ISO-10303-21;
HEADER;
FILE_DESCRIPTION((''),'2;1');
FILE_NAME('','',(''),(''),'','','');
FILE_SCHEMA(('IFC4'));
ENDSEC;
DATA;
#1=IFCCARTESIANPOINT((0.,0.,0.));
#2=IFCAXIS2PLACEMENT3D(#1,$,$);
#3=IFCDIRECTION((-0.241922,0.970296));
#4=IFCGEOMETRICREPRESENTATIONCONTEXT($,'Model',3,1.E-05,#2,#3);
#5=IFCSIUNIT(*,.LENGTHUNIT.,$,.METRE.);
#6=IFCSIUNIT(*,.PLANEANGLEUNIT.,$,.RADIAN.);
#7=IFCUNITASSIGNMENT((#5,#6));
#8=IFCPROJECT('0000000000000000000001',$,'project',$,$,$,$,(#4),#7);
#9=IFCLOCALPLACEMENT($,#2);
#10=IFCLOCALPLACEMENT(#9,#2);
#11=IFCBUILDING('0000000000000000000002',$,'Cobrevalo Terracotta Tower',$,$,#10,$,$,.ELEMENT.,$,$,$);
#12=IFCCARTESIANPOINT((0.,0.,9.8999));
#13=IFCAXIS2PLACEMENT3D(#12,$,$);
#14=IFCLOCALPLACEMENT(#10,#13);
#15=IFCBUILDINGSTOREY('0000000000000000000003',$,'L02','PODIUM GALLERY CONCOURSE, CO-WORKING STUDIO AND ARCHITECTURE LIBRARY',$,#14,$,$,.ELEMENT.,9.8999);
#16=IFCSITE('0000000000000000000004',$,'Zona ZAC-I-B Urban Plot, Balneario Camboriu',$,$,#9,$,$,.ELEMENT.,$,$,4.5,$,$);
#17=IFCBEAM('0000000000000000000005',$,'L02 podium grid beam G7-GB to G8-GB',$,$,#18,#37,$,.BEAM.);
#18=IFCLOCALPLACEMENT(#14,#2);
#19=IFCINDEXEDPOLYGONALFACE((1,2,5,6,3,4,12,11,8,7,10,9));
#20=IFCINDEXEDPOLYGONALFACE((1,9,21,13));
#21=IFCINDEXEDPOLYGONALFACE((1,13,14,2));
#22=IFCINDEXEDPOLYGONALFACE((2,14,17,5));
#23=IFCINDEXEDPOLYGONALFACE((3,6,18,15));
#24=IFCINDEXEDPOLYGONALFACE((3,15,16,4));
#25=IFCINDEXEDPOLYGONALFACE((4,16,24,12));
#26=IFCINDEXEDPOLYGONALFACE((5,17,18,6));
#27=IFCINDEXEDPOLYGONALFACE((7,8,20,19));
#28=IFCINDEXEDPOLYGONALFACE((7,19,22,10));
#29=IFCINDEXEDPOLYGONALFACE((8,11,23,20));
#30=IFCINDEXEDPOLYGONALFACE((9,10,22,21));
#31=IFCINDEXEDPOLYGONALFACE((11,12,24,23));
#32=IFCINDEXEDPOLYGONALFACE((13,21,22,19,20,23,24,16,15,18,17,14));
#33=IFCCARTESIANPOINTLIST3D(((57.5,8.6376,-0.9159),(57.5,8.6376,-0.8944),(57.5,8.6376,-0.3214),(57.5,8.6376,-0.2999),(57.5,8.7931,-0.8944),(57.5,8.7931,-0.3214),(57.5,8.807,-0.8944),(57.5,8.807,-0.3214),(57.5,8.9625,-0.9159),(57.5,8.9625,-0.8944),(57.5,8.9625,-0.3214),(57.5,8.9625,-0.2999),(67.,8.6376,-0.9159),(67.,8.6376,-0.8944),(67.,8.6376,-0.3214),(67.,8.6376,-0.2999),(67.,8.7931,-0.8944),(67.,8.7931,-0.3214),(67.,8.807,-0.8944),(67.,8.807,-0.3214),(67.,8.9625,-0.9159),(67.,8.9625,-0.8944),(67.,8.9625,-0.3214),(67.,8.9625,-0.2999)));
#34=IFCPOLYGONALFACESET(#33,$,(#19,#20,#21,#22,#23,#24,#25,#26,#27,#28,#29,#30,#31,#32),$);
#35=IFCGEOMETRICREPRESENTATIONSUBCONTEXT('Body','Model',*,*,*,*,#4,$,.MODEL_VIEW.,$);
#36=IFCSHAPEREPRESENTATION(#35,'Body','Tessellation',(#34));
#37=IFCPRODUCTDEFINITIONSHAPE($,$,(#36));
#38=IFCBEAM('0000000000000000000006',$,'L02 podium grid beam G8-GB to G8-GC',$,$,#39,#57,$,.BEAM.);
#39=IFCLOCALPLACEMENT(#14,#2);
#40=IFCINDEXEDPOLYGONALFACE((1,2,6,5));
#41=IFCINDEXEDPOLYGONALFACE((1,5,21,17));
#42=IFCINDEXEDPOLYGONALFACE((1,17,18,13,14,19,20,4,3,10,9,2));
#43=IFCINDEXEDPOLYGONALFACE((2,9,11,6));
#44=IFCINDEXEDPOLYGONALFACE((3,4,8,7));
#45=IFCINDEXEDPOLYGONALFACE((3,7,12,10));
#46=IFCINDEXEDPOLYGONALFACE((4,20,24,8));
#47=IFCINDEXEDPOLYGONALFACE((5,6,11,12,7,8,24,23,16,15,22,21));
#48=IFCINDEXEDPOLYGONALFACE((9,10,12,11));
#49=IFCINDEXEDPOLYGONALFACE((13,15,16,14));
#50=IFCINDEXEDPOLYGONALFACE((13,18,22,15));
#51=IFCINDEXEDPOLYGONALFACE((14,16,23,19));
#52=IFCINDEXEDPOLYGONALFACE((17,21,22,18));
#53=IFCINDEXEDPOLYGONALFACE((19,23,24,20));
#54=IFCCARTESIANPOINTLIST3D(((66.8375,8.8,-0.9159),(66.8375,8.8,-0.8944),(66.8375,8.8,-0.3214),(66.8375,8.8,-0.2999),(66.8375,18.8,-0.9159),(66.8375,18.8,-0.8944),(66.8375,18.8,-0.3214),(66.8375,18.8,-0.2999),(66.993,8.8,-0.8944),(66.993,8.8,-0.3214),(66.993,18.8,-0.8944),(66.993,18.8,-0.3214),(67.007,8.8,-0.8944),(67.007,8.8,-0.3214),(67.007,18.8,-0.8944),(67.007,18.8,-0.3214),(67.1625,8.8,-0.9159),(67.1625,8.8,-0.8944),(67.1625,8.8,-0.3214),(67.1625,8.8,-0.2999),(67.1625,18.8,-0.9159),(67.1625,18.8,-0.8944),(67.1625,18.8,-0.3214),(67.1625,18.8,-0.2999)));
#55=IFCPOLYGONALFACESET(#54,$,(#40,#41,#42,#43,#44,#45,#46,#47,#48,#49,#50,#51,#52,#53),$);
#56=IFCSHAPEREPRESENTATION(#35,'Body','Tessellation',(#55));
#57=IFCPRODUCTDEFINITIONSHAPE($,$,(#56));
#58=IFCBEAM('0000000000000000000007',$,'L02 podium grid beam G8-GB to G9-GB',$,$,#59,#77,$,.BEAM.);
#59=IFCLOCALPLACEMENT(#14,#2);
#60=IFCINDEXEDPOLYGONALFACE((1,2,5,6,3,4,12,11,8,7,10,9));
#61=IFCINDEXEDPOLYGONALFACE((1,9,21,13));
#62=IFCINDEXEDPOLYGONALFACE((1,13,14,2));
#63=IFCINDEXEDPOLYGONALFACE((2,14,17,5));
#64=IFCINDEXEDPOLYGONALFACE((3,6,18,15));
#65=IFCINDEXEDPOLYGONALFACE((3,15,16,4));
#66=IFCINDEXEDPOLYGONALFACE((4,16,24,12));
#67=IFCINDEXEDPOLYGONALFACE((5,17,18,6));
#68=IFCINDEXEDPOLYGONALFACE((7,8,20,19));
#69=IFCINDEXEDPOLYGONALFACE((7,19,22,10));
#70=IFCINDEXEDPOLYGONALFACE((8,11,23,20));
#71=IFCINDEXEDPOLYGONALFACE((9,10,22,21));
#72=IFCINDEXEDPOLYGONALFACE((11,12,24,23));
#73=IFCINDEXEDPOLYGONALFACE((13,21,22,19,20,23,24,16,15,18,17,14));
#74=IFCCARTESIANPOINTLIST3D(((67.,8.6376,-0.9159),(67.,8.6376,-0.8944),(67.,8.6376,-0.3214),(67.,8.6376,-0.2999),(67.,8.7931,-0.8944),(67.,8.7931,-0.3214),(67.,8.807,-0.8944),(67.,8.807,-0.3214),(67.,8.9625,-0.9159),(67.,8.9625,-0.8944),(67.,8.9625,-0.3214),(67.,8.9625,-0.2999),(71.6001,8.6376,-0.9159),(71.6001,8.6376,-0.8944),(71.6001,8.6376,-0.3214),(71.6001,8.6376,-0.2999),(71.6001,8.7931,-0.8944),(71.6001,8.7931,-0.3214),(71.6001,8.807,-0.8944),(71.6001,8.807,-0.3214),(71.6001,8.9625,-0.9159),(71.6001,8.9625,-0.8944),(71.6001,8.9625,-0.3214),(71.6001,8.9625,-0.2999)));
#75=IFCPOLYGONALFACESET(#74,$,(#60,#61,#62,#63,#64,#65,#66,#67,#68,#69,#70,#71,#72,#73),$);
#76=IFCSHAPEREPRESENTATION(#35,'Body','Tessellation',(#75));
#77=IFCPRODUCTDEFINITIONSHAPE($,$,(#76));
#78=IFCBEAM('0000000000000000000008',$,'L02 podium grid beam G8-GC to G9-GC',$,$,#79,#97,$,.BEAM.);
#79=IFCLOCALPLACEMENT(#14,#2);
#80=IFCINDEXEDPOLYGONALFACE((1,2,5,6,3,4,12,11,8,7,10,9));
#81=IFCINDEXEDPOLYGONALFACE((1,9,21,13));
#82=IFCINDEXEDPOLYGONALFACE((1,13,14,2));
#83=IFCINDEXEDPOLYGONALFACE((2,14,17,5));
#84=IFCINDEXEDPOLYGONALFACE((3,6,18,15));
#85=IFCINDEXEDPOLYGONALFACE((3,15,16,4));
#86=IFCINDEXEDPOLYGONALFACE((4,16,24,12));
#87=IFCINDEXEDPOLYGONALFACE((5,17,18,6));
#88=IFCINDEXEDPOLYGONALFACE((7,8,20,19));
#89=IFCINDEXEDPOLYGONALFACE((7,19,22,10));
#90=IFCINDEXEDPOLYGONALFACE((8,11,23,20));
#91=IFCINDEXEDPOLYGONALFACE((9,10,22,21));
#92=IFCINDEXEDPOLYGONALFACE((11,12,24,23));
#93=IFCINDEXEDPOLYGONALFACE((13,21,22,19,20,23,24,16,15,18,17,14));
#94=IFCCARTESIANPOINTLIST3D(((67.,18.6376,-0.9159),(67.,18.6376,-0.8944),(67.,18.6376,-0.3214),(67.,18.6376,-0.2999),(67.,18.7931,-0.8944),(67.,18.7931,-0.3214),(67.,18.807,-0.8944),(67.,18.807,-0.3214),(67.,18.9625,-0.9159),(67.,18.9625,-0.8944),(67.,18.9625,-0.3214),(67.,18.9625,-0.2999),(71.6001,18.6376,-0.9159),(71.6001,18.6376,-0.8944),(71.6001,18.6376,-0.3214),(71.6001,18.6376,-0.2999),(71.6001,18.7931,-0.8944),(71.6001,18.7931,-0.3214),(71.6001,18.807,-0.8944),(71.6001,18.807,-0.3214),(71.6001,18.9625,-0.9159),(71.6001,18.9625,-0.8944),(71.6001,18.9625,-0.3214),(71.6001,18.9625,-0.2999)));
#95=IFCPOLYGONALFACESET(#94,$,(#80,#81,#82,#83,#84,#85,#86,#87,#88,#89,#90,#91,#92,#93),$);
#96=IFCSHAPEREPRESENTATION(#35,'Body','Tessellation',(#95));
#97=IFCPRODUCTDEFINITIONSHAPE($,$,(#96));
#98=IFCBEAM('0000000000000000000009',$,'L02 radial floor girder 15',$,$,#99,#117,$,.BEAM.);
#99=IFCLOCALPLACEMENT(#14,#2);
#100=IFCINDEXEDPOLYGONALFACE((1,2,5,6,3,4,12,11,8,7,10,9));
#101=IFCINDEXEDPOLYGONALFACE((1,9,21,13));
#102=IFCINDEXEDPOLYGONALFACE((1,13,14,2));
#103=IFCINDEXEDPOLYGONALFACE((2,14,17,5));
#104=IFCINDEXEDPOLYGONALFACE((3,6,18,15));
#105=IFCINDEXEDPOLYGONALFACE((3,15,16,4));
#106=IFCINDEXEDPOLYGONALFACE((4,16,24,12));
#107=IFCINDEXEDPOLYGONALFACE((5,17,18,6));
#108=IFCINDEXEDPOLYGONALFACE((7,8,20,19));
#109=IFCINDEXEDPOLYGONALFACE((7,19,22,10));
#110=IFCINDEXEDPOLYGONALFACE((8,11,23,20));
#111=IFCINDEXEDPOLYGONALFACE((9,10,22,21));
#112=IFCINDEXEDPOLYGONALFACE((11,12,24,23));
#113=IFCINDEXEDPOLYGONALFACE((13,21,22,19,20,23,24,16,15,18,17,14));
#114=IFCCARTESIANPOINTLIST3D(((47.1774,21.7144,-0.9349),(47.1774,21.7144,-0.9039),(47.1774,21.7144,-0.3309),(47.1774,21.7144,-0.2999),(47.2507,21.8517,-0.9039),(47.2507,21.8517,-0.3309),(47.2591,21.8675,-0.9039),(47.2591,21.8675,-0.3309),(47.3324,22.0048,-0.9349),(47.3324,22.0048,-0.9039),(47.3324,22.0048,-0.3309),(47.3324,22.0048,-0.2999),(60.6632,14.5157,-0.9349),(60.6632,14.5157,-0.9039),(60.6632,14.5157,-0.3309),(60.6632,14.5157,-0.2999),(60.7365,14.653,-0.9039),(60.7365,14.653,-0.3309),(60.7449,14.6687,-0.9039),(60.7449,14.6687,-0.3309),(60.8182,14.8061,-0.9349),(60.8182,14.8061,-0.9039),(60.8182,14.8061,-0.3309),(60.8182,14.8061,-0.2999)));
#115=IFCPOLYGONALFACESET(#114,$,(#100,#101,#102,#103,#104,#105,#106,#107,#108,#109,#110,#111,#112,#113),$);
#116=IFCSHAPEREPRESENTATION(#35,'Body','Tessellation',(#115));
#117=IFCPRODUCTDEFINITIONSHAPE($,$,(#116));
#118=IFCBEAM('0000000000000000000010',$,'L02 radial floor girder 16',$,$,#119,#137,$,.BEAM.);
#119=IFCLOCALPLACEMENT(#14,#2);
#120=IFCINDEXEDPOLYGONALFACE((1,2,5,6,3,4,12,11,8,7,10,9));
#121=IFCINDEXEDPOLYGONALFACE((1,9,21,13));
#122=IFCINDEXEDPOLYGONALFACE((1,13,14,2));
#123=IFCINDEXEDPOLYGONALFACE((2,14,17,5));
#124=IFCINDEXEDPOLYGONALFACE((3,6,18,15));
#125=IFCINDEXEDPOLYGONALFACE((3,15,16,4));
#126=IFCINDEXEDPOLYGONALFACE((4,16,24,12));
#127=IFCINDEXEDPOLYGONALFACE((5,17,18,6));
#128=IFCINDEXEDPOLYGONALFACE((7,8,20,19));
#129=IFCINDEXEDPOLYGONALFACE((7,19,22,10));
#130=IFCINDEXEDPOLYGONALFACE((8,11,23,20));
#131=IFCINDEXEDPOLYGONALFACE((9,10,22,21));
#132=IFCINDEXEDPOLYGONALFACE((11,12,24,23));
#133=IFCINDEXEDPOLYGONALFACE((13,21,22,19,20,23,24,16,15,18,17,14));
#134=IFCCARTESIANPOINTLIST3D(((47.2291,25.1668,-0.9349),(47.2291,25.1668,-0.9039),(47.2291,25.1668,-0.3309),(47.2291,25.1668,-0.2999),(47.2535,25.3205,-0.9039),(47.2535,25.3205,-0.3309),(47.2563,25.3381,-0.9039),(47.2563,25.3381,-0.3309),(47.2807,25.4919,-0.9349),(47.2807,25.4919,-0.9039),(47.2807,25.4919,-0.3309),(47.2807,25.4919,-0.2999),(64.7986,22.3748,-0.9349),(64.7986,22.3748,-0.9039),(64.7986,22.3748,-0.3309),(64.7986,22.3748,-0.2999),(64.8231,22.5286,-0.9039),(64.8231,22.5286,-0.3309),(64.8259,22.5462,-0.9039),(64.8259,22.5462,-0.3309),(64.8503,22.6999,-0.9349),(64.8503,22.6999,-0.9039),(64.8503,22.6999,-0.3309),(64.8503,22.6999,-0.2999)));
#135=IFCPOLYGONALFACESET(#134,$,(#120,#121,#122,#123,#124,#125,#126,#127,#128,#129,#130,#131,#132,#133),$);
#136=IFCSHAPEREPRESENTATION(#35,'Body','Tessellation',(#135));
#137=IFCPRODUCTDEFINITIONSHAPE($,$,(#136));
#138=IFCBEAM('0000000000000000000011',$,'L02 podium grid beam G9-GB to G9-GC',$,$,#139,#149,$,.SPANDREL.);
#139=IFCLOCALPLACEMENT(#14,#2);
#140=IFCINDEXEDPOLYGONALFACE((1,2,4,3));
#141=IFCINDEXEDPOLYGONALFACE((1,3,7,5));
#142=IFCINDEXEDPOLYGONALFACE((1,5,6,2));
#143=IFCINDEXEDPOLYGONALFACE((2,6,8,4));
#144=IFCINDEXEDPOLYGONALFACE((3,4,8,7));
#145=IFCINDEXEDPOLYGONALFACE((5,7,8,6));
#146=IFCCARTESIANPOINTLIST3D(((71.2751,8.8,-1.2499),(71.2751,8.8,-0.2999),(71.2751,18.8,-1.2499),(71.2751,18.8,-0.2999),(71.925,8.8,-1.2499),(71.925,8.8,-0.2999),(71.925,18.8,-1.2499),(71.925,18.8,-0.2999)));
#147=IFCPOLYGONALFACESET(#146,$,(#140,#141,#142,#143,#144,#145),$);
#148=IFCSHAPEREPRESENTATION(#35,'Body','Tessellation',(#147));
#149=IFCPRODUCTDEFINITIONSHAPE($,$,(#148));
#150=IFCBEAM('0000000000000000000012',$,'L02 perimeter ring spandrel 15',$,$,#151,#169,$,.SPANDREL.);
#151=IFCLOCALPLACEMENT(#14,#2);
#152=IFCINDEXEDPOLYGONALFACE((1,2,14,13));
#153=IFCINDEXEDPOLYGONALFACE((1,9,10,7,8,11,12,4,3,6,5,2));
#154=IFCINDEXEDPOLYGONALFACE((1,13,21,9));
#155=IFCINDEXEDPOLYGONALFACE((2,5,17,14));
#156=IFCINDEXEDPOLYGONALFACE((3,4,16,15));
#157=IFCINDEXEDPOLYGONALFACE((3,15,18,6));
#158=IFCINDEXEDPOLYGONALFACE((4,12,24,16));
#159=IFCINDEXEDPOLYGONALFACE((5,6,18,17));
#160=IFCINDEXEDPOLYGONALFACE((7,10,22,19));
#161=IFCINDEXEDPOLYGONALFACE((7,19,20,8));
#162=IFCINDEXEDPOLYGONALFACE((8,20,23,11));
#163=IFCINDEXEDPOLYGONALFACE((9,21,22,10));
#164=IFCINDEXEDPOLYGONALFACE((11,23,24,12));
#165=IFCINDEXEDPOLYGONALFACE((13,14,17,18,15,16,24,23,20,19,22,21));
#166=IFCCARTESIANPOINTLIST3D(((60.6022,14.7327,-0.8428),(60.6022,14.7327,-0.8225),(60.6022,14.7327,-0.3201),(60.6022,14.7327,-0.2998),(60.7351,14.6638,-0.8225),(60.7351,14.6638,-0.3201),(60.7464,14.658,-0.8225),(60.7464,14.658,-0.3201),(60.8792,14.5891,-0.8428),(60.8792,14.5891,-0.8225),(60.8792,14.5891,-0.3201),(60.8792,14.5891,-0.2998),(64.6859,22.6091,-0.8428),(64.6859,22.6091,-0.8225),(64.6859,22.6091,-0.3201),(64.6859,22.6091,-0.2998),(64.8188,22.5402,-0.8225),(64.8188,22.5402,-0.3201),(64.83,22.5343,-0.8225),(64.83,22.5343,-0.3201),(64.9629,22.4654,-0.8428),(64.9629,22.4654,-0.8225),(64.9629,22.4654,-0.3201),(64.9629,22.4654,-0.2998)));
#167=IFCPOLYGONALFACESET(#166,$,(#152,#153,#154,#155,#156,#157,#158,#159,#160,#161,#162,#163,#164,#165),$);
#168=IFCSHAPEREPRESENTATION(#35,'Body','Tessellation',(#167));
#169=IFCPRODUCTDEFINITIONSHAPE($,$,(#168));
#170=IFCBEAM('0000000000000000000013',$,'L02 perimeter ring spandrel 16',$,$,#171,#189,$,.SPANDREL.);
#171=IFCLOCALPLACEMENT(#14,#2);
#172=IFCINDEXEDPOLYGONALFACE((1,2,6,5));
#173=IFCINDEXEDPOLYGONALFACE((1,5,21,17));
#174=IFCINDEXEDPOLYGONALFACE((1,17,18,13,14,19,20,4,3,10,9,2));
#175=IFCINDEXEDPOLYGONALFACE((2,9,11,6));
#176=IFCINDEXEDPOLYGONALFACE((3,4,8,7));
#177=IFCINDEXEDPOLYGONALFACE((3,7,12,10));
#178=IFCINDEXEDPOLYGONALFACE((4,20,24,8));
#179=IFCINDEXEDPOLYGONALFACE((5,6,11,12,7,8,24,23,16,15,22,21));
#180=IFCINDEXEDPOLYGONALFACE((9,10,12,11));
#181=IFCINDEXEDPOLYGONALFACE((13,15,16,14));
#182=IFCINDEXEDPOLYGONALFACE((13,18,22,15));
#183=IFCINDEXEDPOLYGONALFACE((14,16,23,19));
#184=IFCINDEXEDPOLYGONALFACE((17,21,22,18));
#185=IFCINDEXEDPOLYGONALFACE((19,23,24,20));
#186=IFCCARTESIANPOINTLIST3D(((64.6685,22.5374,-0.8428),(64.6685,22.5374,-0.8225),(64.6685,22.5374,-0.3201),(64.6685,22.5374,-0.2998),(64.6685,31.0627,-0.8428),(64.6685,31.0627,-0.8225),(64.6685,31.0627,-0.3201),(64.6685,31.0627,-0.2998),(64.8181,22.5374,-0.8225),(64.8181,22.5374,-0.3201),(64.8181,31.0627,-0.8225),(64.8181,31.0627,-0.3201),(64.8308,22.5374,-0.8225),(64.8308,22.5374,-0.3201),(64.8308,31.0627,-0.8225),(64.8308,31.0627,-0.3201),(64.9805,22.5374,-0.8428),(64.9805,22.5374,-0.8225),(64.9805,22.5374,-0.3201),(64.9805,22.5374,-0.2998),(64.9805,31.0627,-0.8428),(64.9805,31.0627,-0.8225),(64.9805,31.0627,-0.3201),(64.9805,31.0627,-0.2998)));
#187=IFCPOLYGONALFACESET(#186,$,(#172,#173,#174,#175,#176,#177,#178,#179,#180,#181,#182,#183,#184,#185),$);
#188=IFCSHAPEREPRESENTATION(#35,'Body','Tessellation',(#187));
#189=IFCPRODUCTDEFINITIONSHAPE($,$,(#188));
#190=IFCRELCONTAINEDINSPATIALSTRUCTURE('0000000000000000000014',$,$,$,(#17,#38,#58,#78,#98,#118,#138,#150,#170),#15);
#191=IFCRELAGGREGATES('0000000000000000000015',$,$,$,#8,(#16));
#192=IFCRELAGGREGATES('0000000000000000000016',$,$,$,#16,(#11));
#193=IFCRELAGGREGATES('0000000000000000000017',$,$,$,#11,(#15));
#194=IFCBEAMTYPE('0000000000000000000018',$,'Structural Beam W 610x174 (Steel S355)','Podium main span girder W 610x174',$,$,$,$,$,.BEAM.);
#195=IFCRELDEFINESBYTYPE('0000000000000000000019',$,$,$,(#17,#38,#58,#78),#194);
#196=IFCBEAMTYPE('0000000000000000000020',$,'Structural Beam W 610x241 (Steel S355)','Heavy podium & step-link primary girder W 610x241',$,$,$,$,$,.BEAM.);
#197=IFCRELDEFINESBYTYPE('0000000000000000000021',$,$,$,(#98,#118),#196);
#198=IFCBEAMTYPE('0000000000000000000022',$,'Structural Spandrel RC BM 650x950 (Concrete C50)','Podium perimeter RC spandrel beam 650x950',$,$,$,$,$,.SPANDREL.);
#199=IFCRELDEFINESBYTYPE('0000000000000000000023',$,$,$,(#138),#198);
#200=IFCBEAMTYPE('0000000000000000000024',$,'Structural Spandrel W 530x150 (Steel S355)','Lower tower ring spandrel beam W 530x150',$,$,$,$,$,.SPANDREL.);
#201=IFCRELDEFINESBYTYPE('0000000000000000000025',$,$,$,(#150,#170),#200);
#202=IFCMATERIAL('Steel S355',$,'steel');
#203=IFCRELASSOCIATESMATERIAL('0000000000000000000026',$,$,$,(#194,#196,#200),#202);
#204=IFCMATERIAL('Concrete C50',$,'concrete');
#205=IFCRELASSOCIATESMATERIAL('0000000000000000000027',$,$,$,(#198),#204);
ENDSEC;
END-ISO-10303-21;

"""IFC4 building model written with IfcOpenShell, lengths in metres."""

from ifc_helpers import new_model, si_unit, direction, frame, origin, origin_2d, place, context, subcontext, project, spatial, rectangle, i_section, extrude, material, material_profile, profile_set, type_object, element, save


model = new_model("IFC4")

# Units and contexts
model_context = context("Model", 3, precision=1e-05, world=origin(), true_north=direction((-0.241922, 0.970296)))
body_context = subcontext(model_context, "Body", "Model", "MODEL_VIEW")
ifc_project = project(units=[si_unit("LENGTHUNIT", "METRE"), si_unit("PLANEANGLEUNIT", "RADIAN")], contexts=[model_context])

# Site, building, storey
site_placement = place(None, origin())
site = spatial("IfcSite", under=ifc_project, at=site_placement, Name="Zona ZAC-I-B Urban Plot, Balneario Camboriu", CompositionType="ELEMENT", RefElevation=4.5)
building_placement = place(site_placement, origin())
building = spatial("IfcBuilding", under=site, at=building_placement, Name="Cobrevalo Terracotta Tower", CompositionType="ELEMENT")
storey_placement = place(building_placement, frame((0.0, 0.0, 9.8999)))
storey = spatial("IfcBuildingStorey", under=building, at=storey_placement, Name="L02", Description="PODIUM GALLERY CONCOURSE, CO-WORKING STUDIO AND ARCHITECTURE LIBRARY", CompositionType="ELEMENT", Elevation=9.8999)

# Shared definitions
ifc_material_1 = material(Name="Steel S355", Category="steel")
ifc_material_2 = material(Name="Concrete C50", Category="concrete")

# Beams
ifc_material_profile_1 = material_profile(ifc_material_1, i_section(OverallWidth=0.325, OverallDepth=0.616, WebThickness=0.0139, FlangeThickness=0.0215, at=origin_2d()), Name="W 610x174")
ifc_profile_set_1 = profile_set([ifc_material_profile_1], Name="Steel S355")
beam_type_1 = type_object("IfcBeamType", Name="Structural Beam W 610x174 (Steel S355)", Description="Podium main span girder W 610x174", PredefinedType="BEAM", material=ifc_profile_set_1)
beam_1_placement = place(storey_placement, frame((57.5, 8.8, -0.6079), z_axis=(1.0, 0.0, 0.0), x_axis=(0.0, 1.0, 0.0)))
element("IfcBeam", 1, at=beam_1_placement, inside=storey, type_object=beam_type_1, Name="L02 podium grid beam G7-GB to G8-GB", PredefinedType="BEAM", context=body_context, shape_type="SweptSolid", body=[
    extrude(i_section(OverallWidth=0.325, OverallDepth=0.616, WebThickness=0.0139, FlangeThickness=0.0215, at=origin_2d()), origin(), (0.0, 0.0, 1.0), 9.5),
])
beam_2_placement = place(storey_placement, frame((67.0, 8.8, -0.6079), z_axis=(0.0, 1.0, 0.0), x_axis=(-1.0, 0.0, 0.0)))
element("IfcBeam", 2, at=beam_2_placement, inside=storey, type_object=beam_type_1, Name="L02 podium grid beam G8-GB to G8-GC", PredefinedType="BEAM", context=body_context, shape_type="SweptSolid", body=[
    extrude(i_section(OverallWidth=0.325, OverallDepth=0.616, WebThickness=0.0139, FlangeThickness=0.0215, at=origin_2d()), origin(), (0.0, 0.0, 1.0), 10.0),
])
for number, where, z_axis, x_axis, name in (
    (3, (67.0, 8.8, -0.6079), (1.0, 0.0, 0.0), (0.0, 1.0, 0.0), "L02 podium grid beam G8-GB to G9-GB"),
    (4, (67.0, 18.8, -0.6079), (1.0, 0.0, 0.0), (0.0, 1.0, 0.0), "L02 podium grid beam G8-GC to G9-GC"),
):
    element("IfcBeam", number, at=place(storey_placement, frame(where, z_axis=z_axis, x_axis=x_axis)), inside=storey, type_object=beam_type_1, Name=name, PredefinedType="BEAM", context=body_context, shape_type="SweptSolid", body=[
        extrude(i_section(OverallWidth=0.325, OverallDepth=0.616, WebThickness=0.0139, FlangeThickness=0.0215, at=origin_2d()), origin(), (0.0, 0.0, 1.0), 4.6001),
    ])
ifc_material_profile_2 = material_profile(ifc_material_1, i_section(OverallWidth=0.3291, OverallDepth=0.635, WebThickness=0.0178, FlangeThickness=0.031, at=origin_2d()), Name="W 610x241")
ifc_profile_set_2 = profile_set([ifc_material_profile_2], Name="Steel S355")
beam_type_2 = type_object("IfcBeamType", Name="Structural Beam W 610x241 (Steel S355)", Description="Heavy podium & step-link primary girder W 610x241", PredefinedType="BEAM", material=ifc_profile_set_2)
beam_3_placement = place(storey_placement, frame((60.7407, 14.6609, -0.6174), z_axis=(-0.882182, 0.470908, 0.0), x_axis=(-0.470908, -0.882182, 0.0)))
element("IfcBeam", 5, at=beam_3_placement, inside=storey, type_object=beam_type_2, Name="L02 radial floor girder 15", PredefinedType="BEAM", context=body_context, shape_type="SweptSolid", body=[
    extrude(i_section(OverallWidth=0.3291, OverallDepth=0.635, WebThickness=0.0178, FlangeThickness=0.031, at=origin_2d()), origin(), (0.0, 0.0, 1.0), 15.2869),
])
beam_4_placement = place(storey_placement, frame((64.8245, 22.5374, -0.6174), z_axis=(-0.987608, 0.156941, 0.0), x_axis=(-0.156941, -0.987608, 0.0)))
element("IfcBeam", 6, at=beam_4_placement, inside=storey, type_object=beam_type_2, Name="L02 radial floor girder 16", PredefinedType="BEAM", context=body_context, shape_type="SweptSolid", body=[
    extrude(i_section(OverallWidth=0.3291, OverallDepth=0.635, WebThickness=0.0178, FlangeThickness=0.031, at=origin_2d()), origin(), (0.0, 0.0, 1.0), 17.79),
])
ifc_material_profile_3 = material_profile(ifc_material_2, rectangle(XDim=0.6499, YDim=0.95, at=origin_2d()), Name="RC BM 650x950")
ifc_profile_set_3 = profile_set([ifc_material_profile_3], Name="Concrete C50")
beam_type_3 = type_object("IfcBeamType", Name="Structural Spandrel RC BM 650x950 (Concrete C50)", Description="Podium perimeter RC spandrel beam 650x950", PredefinedType="SPANDREL", material=ifc_profile_set_3)
beam_5_placement = place(storey_placement, frame((71.6001, 8.8, -0.7749), z_axis=(0.0, 1.0, 0.0), x_axis=(-1.0, 0.0, 0.0)))
element("IfcBeam", 7, at=beam_5_placement, inside=storey, type_object=beam_type_3, Name="L02 podium grid beam G9-GB to G9-GC", PredefinedType="SPANDREL", context=body_context, shape_type="SweptSolid", body=[
    extrude(rectangle(XDim=0.6499, YDim=0.95, at=origin_2d()), origin(), (0.0, 0.0, 1.0), 10.0),
])
ifc_material_profile_4 = material_profile(ifc_material_1, i_section(OverallWidth=0.312, OverallDepth=0.543, WebThickness=0.0127, FlangeThickness=0.0203, at=origin_2d()), Name="W 530x150")
ifc_profile_set_4 = profile_set([ifc_material_profile_4], Name="Steel S355")
beam_type_4 = type_object("IfcBeamType", Name="Structural Spandrel W 530x150 (Steel S355)", Description="Lower tower ring spandrel beam W 530x150", PredefinedType="SPANDREL", material=ifc_profile_set_4)
beam_6_placement = place(storey_placement, frame((60.7407, 14.6609, -0.5713), z_axis=(0.460286, 0.887771, 0.0), x_axis=(-0.887771, 0.460286, 0.0)))
element("IfcBeam", 8, at=beam_6_placement, inside=storey, type_object=beam_type_4, Name="L02 perimeter ring spandrel 15", PredefinedType="SPANDREL", context=body_context, shape_type="SweptSolid", body=[
    extrude(i_section(OverallWidth=0.312, OverallDepth=0.543, WebThickness=0.0127, FlangeThickness=0.0203, at=origin_2d()), origin(), (0.0, 0.0, 1.0), 8.8721),
])
beam_7_placement = place(storey_placement, frame((64.8245, 22.5374, -0.5713), z_axis=(0.0, 1.0, 0.0), x_axis=(-1.0, 0.0, 0.0)))
element("IfcBeam", 9, at=beam_7_placement, inside=storey, type_object=beam_type_4, Name="L02 perimeter ring spandrel 16", PredefinedType="SPANDREL", context=body_context, shape_type="SweptSolid", body=[
    extrude(i_section(OverallWidth=0.312, OverallDepth=0.543, WebThickness=0.0127, FlangeThickness=0.0203, at=origin_2d()), origin(), (0.0, 0.0, 1.0), 8.5254),
])

save(model, "model.ifc")
